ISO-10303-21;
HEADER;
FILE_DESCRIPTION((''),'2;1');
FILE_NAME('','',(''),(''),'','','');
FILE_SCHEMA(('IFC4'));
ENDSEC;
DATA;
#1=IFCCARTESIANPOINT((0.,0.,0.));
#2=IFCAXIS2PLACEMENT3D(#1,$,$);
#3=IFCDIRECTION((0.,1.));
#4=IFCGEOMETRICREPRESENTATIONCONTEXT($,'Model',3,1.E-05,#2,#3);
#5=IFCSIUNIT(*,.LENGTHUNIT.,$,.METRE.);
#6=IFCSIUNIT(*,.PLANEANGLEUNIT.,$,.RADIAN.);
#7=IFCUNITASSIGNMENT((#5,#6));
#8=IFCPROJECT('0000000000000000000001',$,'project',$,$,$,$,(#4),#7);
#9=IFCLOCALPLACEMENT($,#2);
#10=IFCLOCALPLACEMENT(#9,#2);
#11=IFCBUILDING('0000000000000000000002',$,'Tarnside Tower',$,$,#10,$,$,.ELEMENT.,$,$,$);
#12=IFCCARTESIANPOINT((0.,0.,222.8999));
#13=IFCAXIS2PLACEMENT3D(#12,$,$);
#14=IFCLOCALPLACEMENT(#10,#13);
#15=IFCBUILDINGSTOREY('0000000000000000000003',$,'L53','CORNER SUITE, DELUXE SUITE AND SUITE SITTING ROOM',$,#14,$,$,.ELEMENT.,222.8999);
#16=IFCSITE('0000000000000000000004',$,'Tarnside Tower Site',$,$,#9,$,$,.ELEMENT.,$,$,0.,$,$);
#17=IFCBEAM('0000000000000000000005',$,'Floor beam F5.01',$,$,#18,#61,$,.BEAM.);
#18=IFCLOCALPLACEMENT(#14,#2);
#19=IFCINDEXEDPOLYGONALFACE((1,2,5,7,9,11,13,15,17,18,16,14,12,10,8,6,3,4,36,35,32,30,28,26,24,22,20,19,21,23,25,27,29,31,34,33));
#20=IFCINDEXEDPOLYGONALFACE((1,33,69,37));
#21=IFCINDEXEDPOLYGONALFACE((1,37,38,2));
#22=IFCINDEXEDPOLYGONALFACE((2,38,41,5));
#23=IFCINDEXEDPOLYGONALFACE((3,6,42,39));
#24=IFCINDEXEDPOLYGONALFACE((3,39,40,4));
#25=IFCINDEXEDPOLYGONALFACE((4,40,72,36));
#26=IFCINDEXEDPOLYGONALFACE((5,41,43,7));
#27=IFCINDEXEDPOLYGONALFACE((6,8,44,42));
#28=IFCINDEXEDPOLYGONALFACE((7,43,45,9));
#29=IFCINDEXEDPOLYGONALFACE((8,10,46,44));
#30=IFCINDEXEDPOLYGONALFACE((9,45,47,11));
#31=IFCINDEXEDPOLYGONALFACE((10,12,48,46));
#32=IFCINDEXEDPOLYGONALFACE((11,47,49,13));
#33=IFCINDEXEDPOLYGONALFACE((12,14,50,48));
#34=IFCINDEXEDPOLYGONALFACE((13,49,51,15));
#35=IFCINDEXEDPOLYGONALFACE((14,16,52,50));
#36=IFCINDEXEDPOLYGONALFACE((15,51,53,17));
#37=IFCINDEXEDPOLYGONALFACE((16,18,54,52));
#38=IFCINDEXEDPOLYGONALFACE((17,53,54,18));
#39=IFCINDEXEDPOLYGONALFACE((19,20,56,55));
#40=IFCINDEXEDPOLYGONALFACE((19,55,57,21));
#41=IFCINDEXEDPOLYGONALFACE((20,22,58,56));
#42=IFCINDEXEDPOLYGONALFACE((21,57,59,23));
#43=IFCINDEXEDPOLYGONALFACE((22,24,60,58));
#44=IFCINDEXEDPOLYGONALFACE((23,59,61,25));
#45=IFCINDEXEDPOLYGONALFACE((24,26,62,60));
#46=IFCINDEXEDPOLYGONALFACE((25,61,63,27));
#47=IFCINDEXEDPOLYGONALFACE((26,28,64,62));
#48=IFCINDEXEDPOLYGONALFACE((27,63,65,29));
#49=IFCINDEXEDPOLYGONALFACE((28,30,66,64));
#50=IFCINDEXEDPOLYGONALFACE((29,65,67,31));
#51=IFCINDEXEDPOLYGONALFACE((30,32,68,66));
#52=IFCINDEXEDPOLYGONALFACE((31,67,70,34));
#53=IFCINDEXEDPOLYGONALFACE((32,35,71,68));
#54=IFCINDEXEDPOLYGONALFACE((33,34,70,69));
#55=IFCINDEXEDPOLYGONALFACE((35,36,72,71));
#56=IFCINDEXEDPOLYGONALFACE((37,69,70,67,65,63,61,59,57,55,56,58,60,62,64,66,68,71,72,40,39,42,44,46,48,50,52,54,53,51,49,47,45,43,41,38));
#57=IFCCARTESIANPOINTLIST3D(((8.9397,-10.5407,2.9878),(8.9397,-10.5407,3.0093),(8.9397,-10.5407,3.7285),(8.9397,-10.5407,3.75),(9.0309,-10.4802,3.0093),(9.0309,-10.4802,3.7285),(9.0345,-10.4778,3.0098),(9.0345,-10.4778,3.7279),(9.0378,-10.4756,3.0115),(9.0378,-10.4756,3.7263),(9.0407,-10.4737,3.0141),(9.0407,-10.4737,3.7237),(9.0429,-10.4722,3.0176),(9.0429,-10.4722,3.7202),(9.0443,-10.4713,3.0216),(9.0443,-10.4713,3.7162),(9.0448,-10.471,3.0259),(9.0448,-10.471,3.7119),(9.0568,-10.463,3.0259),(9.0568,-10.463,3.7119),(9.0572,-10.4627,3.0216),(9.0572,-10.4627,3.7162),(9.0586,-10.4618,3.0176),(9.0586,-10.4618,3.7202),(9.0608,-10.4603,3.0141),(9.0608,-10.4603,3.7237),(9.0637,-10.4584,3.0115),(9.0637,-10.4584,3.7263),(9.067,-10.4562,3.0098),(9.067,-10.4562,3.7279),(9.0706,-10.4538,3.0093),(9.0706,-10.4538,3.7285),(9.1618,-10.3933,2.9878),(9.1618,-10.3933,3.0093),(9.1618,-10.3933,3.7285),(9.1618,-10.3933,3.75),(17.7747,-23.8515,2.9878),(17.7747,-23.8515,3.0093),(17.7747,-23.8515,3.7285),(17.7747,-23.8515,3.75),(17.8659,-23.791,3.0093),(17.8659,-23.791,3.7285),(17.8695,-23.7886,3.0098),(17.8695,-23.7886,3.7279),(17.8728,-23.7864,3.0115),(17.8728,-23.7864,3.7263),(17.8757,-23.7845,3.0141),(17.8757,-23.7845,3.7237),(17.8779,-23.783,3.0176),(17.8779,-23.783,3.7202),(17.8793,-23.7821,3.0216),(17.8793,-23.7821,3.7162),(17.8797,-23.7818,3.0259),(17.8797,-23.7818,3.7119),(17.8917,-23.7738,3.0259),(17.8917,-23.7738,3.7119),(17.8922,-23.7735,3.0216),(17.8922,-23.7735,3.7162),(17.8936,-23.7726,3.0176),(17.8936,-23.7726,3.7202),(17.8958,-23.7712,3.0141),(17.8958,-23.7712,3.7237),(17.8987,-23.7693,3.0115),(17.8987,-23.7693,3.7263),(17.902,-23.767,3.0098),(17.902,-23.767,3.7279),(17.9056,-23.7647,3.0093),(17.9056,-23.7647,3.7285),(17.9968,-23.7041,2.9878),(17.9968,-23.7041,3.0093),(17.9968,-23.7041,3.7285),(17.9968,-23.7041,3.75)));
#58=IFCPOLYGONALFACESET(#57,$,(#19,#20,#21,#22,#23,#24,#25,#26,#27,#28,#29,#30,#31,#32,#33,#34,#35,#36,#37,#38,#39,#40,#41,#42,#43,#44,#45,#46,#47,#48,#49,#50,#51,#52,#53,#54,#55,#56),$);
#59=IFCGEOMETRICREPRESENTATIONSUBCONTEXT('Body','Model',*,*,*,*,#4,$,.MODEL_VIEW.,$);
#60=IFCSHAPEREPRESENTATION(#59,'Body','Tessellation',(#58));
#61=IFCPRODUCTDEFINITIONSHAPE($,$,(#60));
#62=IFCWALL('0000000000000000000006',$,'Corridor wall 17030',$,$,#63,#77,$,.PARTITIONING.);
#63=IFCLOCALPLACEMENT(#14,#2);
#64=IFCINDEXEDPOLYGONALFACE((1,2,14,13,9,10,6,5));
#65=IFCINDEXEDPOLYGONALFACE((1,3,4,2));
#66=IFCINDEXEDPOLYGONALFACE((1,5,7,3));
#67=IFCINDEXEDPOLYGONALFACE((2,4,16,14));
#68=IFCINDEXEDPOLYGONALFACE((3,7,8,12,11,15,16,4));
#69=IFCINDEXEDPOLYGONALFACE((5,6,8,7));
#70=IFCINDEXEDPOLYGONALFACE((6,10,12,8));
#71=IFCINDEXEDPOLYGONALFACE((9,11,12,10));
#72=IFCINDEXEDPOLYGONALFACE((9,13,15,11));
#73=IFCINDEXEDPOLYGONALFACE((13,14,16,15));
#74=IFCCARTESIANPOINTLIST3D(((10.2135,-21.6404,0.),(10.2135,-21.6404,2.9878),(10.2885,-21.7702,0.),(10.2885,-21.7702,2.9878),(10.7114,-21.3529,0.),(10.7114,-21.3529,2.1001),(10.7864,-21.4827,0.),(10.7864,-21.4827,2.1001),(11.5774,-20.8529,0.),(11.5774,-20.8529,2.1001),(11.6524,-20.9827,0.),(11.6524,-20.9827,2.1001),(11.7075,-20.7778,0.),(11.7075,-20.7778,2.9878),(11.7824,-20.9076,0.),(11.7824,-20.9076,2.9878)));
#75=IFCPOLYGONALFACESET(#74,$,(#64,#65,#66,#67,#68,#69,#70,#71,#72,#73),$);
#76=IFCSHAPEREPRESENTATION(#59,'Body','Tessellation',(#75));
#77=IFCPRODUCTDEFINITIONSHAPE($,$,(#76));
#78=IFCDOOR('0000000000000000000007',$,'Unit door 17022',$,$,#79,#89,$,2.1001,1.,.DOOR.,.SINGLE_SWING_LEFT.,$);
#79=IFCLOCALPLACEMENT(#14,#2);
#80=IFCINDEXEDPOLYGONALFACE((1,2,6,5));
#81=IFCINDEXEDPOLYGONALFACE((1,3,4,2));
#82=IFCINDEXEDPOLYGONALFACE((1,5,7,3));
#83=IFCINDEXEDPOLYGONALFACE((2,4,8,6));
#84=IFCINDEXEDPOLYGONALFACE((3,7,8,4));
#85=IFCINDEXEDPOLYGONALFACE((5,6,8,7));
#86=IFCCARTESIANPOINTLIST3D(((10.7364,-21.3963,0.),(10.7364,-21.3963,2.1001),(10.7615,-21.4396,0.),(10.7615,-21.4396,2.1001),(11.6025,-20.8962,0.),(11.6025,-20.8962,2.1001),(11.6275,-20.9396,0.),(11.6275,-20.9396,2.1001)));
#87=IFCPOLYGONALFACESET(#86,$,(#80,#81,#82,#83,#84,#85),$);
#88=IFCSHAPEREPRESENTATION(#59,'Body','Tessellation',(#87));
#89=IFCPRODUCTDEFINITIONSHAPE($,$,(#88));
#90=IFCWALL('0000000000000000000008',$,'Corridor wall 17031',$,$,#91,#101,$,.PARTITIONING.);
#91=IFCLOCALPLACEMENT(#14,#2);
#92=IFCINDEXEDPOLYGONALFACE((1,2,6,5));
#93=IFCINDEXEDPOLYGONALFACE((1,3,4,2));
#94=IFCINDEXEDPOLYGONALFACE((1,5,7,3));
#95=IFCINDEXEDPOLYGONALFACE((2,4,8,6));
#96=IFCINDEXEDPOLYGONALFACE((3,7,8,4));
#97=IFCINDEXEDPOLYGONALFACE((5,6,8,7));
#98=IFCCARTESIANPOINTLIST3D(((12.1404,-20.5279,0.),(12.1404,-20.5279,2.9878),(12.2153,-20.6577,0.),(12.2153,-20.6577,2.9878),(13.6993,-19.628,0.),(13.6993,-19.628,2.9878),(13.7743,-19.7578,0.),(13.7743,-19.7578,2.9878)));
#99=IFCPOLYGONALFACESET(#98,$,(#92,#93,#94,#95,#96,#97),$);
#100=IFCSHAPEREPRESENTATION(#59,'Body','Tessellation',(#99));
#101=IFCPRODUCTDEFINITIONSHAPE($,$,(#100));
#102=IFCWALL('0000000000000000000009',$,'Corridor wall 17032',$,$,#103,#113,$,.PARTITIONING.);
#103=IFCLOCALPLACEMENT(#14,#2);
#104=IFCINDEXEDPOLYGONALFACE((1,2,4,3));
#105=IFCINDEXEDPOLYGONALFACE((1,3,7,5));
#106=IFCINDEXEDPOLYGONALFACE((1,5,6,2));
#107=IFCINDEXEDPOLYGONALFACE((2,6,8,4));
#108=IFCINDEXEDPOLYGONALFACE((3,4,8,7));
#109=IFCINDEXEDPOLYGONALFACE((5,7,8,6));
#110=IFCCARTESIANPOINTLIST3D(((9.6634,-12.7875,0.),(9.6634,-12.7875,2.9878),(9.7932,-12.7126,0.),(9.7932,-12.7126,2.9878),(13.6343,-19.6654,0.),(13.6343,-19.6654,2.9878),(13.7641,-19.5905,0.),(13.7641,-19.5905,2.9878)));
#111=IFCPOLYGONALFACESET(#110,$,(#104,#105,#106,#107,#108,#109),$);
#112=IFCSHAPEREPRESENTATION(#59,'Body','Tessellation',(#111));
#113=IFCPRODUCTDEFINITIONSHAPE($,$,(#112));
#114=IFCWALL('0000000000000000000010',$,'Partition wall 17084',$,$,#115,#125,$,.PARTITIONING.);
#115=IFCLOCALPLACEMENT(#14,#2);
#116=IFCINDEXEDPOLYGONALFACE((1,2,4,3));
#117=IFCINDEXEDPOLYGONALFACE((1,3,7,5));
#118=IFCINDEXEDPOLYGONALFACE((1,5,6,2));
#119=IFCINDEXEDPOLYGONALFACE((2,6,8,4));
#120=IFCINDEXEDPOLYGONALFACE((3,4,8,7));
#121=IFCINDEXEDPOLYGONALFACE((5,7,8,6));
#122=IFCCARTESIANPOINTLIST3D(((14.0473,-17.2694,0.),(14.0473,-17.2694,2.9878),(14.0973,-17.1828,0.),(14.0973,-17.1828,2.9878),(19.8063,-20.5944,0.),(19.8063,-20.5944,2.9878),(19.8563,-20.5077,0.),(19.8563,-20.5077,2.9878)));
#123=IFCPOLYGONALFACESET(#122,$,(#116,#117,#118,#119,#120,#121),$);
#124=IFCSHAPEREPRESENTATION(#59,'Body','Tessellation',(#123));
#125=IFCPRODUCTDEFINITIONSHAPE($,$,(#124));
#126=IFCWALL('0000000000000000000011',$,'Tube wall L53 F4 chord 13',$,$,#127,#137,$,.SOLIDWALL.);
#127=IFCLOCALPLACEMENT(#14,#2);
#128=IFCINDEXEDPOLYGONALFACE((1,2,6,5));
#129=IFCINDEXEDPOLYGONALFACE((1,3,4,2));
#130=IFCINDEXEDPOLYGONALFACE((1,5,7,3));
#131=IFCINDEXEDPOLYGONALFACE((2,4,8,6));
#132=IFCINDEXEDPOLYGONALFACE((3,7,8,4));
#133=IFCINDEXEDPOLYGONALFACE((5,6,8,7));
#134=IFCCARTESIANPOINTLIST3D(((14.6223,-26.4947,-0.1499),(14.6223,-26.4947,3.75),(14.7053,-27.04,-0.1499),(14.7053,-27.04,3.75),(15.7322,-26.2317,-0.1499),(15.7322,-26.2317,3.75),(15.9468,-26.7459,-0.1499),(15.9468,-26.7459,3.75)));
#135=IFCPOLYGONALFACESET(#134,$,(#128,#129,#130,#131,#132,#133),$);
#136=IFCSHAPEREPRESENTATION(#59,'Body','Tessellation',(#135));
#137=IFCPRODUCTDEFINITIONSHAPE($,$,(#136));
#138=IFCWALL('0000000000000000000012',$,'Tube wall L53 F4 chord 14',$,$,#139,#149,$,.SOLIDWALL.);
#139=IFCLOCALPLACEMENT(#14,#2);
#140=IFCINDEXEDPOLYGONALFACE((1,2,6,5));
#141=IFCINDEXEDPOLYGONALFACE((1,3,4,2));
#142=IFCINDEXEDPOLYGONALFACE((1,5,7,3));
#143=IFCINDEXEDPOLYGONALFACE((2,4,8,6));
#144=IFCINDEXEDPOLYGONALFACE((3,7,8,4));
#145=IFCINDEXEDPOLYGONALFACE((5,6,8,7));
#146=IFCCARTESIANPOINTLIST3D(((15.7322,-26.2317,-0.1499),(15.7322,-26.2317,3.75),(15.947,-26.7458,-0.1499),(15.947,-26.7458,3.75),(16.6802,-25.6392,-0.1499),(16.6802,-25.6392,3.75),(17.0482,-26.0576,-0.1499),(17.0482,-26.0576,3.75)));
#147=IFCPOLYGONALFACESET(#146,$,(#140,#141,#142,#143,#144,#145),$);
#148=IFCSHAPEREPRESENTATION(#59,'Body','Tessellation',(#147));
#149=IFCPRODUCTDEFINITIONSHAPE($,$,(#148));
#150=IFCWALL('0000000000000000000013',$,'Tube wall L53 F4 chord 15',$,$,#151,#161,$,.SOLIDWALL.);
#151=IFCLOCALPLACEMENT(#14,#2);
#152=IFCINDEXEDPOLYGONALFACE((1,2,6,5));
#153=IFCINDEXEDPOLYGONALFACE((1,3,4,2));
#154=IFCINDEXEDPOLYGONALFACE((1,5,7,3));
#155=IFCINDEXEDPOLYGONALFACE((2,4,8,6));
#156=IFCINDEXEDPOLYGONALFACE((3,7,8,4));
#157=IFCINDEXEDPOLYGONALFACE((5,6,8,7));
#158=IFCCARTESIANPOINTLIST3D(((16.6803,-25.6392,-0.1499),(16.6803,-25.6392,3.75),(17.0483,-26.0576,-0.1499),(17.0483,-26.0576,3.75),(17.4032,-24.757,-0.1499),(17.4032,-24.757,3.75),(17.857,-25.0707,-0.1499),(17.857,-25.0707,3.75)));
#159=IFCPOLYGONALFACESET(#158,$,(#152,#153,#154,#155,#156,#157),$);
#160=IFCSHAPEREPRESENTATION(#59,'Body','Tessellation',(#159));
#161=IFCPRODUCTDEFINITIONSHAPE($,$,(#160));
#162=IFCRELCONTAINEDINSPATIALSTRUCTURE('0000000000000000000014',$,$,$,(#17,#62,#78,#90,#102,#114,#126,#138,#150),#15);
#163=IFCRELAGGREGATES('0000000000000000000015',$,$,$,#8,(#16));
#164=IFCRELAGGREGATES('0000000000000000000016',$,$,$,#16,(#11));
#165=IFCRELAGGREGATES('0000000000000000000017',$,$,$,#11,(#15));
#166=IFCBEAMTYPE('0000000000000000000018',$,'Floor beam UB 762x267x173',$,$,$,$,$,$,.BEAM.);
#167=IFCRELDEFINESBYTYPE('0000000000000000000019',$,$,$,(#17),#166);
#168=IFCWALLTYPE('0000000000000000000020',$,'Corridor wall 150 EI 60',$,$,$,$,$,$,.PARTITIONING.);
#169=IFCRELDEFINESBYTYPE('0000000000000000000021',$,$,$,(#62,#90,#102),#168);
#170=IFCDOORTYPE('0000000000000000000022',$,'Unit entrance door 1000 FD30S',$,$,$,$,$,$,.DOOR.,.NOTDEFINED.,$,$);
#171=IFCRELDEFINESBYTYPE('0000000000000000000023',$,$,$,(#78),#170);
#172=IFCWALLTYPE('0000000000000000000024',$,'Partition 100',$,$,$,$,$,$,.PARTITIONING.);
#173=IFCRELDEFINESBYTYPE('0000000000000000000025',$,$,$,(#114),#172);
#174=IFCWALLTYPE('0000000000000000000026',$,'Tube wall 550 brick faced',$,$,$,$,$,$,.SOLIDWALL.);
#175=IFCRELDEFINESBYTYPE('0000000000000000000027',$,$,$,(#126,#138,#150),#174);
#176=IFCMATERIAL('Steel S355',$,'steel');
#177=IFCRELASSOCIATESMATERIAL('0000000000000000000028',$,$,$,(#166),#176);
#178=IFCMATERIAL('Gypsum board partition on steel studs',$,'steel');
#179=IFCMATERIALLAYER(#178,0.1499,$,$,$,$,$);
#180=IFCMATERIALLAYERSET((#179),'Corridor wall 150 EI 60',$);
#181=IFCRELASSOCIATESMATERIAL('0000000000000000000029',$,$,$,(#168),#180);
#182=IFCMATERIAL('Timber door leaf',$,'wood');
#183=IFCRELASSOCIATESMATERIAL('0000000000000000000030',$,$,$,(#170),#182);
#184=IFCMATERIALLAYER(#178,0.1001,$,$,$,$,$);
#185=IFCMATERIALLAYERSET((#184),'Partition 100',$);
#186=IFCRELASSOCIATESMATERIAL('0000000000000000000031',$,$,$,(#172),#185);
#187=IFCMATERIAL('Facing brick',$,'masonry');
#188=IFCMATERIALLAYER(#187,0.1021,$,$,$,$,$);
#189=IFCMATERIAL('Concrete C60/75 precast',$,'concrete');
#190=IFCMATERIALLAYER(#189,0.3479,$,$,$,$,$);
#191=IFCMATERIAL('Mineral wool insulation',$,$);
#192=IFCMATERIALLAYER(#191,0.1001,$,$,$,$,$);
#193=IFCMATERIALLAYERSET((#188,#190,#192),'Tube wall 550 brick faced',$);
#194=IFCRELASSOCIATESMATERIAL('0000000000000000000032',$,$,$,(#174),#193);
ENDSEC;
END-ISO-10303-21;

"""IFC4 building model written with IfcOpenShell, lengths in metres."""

from ifc_helpers import new_model, si_unit, direction, frame, frame_2d, origin, origin_2d, place, context, subcontext, project, spatial, polyline, rectangle, i_section, outline, extrude, material, layer, layer_set, material_profile, profile_set, type_object, element, fill, save


model = new_model("IFC4")

# Units and contexts
model_context = context("Model", 3, precision=1e-05, world=origin(), true_north=direction((0.0, 1.0)))
body_context = subcontext(model_context, "Body", "Model", "MODEL_VIEW")
ifc_project = project(units=[si_unit("LENGTHUNIT", "METRE"), si_unit("PLANEANGLEUNIT", "RADIAN")], contexts=[model_context])

# Site, building, storey
site_placement = place(None, origin())
site = spatial("IfcSite", under=ifc_project, at=site_placement, Name="Tarnside Tower Site", CompositionType="ELEMENT", RefElevation=0.0)
building_placement = place(site_placement, origin())
building = spatial("IfcBuilding", under=site, at=building_placement, Name="Tarnside Tower", CompositionType="ELEMENT")
storey_placement = place(building_placement, frame((0.0, 0.0, 222.8999)))
storey = spatial("IfcBuildingStorey", under=building, at=storey_placement, Name="L53", Description="CORNER SUITE, DELUXE SUITE AND SUITE SITTING ROOM", CompositionType="ELEMENT", Elevation=222.8999)

# Beam
ifc_material_1 = material(Name="Steel S355", Category="steel")
ifc_material_profile_1 = material_profile(ifc_material_1, i_section(OverallWidth=0.2666, OverallDepth=0.7622, WebThickness=0.0144, FlangeThickness=0.0215, FilletRadius=0.0166, at=origin_2d()), Name="UB 762x267x173")
ifc_profile_set_1 = profile_set([ifc_material_profile_1], Name="Steel S355")
beam_type_1 = type_object("IfcBeamType", Name="Floor beam UB 762x267x173", PredefinedType="BEAM", material=ifc_profile_set_1)
beam_1_placement = place(storey_placement, frame((17.8857, -23.7778, 3.3689), z_axis=(-0.553013, 0.833172, 0.0), x_axis=(-0.833172, -0.553013, 0.0)))
element("IfcBeam", 1, at=beam_1_placement, inside=storey, type_object=beam_type_1, Name="Floor beam F5.01", PredefinedType="BEAM", context=body_context, shape_type="SweptSolid", body=[
    extrude(i_section(OverallWidth=0.2666, OverallDepth=0.7622, WebThickness=0.0144, FlangeThickness=0.0215, FilletRadius=0.0166, at=origin_2d()), origin(), (0.0, 0.0, 1.0), 15.9761),
])

# Wall, opening, door
ifc_material_2 = material(Name="Gypsum board partition on steel studs", Category="steel")
ifc_layer_1 = layer(ifc_material_2, 0.1499)
ifc_layer_set_1 = layer_set([ifc_layer_1], Name="Corridor wall 150 EI 60")
wall_type_1 = type_object("IfcWallType", Name="Corridor wall 150 EI 60", PredefinedType="PARTITIONING", material=ifc_layer_set_1)
wall_1_placement = place(storey_placement, frame((10.251, -21.7053, 0.0), z_axis=(0.0, 0.0, 1.0), x_axis=(0.866014, 0.500021, 0.0)))
wall_1 = element("IfcWall", 2, at=wall_1_placement, inside=storey, type_object=wall_type_1, Name="Corridor wall 17030", PredefinedType="PARTITIONING", context=body_context, shape_type="SweptSolid", body=[
    extrude(rectangle(XDim=1.7251, YDim=0.1499, at=frame_2d((0.8625, 0.0))), origin(), (0.0, 0.0, 1.0), 2.9878),
])
opening_1_placement = place(wall_1_placement, frame((0.575, 0.0, 0.0)))
opening_1 = element("IfcOpeningElement", 3, at=opening_1_placement, cuts=wall_1, PredefinedType="OPENING", context=body_context, shape_type="SweptSolid", body=[
    extrude(rectangle(XDim=1.0, YDim=2.1001, at=frame_2d((0.5, 1.05))), frame((0.0, 0.085, 0.0), z_axis=(0.0, -1.0, 0.0), x_axis=(1.0, 0.0, 0.0)), (0.0, 0.0, 1.0), 0.1699),
])
ifc_material_3 = material(Name="Timber door leaf", Category="wood")
door_type = type_object("IfcDoorType", Name="Unit entrance door 1000 FD30S", OperationType="NOTDEFINED", PredefinedType="DOOR", material=ifc_material_3)
door_placement = place(opening_1_placement, origin())
door = element("IfcDoor", 4, at=door_placement, inside=storey, type_object=door_type, Name="Unit door 17022", OperationType="SINGLE_SWING_LEFT", OverallHeight=2.1001, OverallWidth=1.0, PredefinedType="DOOR", context=body_context, shape_type="SweptSolid", body=[
    extrude(rectangle(XDim=1.0, YDim=2.1001, at=frame_2d((0.5, 1.05))), frame((0.0, 0.0249, 0.0), z_axis=(0.0, -1.0, 0.0), x_axis=(1.0, 0.0, 0.0)), (0.0, 0.0, 1.0), 0.05),
])
fill(opening_1, door)

# Walls
wall_2_placement = place(storey_placement, frame((12.178, -20.5928, 0.0), z_axis=(0.0, 0.0, 1.0), x_axis=(0.866048, 0.499961, 0.0)))
element("IfcWall", 5, at=wall_2_placement, inside=storey, type_object=wall_type_1, Name="Corridor wall 17031", PredefinedType="PARTITIONING", context=body_context, shape_type="SweptSolid", body=[
    extrude(rectangle(XDim=1.8, YDim=0.1499, at=frame_2d((0.8999, 0.0))), origin(), (0.0, 0.0, 1.0), 2.9878),
])
wall_3_placement = place(storey_placement, frame((13.6992, -19.6279, 0.0), z_axis=(0.0, 0.0, 1.0), x_axis=(-0.499997, 0.866027, 0.0)))
element("IfcWall", 6, at=wall_3_placement, inside=storey, type_object=wall_type_1, Name="Corridor wall 17032", PredefinedType="PARTITIONING", context=body_context, shape_type="SweptSolid", body=[
    extrude(rectangle(XDim=7.9419, YDim=0.1499, at=frame_2d((3.9709, 0.0))), origin(), (0.0, 0.0, 1.0), 2.9878),
])
ifc_layer_2 = layer(ifc_material_2, 0.1001)
ifc_layer_set_2 = layer_set([ifc_layer_2], Name="Partition 100")
wall_type_2 = type_object("IfcWallType", Name="Partition 100", PredefinedType="PARTITIONING", material=ifc_layer_set_2)
wall_4_placement = place(storey_placement, frame((19.8313, -20.551, 0.0), z_axis=(0.0, 0.0, 1.0), x_axis=(-0.866027, 0.499997, 0.0)))
element("IfcWall", 7, at=wall_4_placement, inside=storey, type_object=wall_type_2, Name="Partition wall 17084", PredefinedType="PARTITIONING", context=body_context, shape_type="SweptSolid", body=[
    extrude(rectangle(XDim=6.6499, YDim=0.1001, at=frame_2d((3.325, 0.0))), origin(), (0.0, 0.0, 1.0), 2.9878),
])
ifc_material_4 = material(Name="Facing brick", Category="masonry")
ifc_layer_3 = layer(ifc_material_4, 0.1021)
ifc_material_5 = material(Name="Concrete C60/75 precast", Category="concrete")
ifc_layer_4 = layer(ifc_material_5, 0.3479)
ifc_material_6 = material(Name="Mineral wool insulation")
ifc_layer_5 = layer(ifc_material_6, 0.1001)
ifc_layer_set_3 = layer_set([ifc_layer_3, ifc_layer_4, ifc_layer_5], Name="Tube wall 550 brick faced")
wall_type_3 = type_object("IfcWallType", Name="Tube wall 550 brick faced", PredefinedType="SOLIDWALL", material=ifc_layer_set_3)
wall_5_placement = place(storey_placement, frame((14.6638, -26.7673, -0.1499), z_axis=(0.0, 0.0, 1.0), x_axis=(0.973064, 0.230537, 0.0)))
element("IfcWall", 8, at=wall_5_placement, inside=storey, type_object=wall_type_3, Name="Tube wall L53 F4 chord 13", PredefinedType="SOLIDWALL", context=body_context, shape_type="SweptSolid", body=[
    extrude(outline(polyline([(-0.0225, -0.2749), (1.2534, -0.2749), (1.1631, 0.2749), (0.0225, 0.2749), (-0.0225, -0.2749)])), origin(), (0.0, 0.0, 1.0), 3.8999),
])
wall_6_placement = place(storey_placement, frame((15.8396, -26.4888, -0.1499), z_axis=(0.0, 0.0, 1.0), x_axis=(0.84801, 0.529981, 0.0)))
element("IfcWall", 9, at=wall_6_placement, inside=storey, type_object=wall_type_3, Name="Tube wall L53 F4 chord 14", PredefinedType="SOLIDWALL", context=body_context, shape_type="SweptSolid", body=[
    extrude(outline(polyline([(-0.0452, -0.2749), (1.2534, -0.2749), (1.1631, 0.2749), (0.0452, 0.2749), (-0.0452, -0.2749)])), origin(), (0.0, 0.0, 1.0), 3.8999),
])
wall_7_placement = place(storey_placement, frame((16.8643, -25.8484, -0.1499), z_axis=(0.0, 0.0, 1.0), x_axis=(0.633843, 0.773462, 0.0)))
element("IfcWall", 10, at=wall_7_placement, inside=storey, type_object=wall_type_3, Name="Tube wall L53 F4 chord 15", PredefinedType="SOLIDWALL", context=body_context, shape_type="SweptSolid", body=[
    extrude(outline(polyline([(-0.0452, -0.2749), (1.2307, -0.2749), (1.1858, 0.2749), (0.0452, 0.2749), (-0.0452, -0.2749)])), origin(), (0.0, 0.0, 1.0), 3.8999),
])

save(model, "model.ifc")
